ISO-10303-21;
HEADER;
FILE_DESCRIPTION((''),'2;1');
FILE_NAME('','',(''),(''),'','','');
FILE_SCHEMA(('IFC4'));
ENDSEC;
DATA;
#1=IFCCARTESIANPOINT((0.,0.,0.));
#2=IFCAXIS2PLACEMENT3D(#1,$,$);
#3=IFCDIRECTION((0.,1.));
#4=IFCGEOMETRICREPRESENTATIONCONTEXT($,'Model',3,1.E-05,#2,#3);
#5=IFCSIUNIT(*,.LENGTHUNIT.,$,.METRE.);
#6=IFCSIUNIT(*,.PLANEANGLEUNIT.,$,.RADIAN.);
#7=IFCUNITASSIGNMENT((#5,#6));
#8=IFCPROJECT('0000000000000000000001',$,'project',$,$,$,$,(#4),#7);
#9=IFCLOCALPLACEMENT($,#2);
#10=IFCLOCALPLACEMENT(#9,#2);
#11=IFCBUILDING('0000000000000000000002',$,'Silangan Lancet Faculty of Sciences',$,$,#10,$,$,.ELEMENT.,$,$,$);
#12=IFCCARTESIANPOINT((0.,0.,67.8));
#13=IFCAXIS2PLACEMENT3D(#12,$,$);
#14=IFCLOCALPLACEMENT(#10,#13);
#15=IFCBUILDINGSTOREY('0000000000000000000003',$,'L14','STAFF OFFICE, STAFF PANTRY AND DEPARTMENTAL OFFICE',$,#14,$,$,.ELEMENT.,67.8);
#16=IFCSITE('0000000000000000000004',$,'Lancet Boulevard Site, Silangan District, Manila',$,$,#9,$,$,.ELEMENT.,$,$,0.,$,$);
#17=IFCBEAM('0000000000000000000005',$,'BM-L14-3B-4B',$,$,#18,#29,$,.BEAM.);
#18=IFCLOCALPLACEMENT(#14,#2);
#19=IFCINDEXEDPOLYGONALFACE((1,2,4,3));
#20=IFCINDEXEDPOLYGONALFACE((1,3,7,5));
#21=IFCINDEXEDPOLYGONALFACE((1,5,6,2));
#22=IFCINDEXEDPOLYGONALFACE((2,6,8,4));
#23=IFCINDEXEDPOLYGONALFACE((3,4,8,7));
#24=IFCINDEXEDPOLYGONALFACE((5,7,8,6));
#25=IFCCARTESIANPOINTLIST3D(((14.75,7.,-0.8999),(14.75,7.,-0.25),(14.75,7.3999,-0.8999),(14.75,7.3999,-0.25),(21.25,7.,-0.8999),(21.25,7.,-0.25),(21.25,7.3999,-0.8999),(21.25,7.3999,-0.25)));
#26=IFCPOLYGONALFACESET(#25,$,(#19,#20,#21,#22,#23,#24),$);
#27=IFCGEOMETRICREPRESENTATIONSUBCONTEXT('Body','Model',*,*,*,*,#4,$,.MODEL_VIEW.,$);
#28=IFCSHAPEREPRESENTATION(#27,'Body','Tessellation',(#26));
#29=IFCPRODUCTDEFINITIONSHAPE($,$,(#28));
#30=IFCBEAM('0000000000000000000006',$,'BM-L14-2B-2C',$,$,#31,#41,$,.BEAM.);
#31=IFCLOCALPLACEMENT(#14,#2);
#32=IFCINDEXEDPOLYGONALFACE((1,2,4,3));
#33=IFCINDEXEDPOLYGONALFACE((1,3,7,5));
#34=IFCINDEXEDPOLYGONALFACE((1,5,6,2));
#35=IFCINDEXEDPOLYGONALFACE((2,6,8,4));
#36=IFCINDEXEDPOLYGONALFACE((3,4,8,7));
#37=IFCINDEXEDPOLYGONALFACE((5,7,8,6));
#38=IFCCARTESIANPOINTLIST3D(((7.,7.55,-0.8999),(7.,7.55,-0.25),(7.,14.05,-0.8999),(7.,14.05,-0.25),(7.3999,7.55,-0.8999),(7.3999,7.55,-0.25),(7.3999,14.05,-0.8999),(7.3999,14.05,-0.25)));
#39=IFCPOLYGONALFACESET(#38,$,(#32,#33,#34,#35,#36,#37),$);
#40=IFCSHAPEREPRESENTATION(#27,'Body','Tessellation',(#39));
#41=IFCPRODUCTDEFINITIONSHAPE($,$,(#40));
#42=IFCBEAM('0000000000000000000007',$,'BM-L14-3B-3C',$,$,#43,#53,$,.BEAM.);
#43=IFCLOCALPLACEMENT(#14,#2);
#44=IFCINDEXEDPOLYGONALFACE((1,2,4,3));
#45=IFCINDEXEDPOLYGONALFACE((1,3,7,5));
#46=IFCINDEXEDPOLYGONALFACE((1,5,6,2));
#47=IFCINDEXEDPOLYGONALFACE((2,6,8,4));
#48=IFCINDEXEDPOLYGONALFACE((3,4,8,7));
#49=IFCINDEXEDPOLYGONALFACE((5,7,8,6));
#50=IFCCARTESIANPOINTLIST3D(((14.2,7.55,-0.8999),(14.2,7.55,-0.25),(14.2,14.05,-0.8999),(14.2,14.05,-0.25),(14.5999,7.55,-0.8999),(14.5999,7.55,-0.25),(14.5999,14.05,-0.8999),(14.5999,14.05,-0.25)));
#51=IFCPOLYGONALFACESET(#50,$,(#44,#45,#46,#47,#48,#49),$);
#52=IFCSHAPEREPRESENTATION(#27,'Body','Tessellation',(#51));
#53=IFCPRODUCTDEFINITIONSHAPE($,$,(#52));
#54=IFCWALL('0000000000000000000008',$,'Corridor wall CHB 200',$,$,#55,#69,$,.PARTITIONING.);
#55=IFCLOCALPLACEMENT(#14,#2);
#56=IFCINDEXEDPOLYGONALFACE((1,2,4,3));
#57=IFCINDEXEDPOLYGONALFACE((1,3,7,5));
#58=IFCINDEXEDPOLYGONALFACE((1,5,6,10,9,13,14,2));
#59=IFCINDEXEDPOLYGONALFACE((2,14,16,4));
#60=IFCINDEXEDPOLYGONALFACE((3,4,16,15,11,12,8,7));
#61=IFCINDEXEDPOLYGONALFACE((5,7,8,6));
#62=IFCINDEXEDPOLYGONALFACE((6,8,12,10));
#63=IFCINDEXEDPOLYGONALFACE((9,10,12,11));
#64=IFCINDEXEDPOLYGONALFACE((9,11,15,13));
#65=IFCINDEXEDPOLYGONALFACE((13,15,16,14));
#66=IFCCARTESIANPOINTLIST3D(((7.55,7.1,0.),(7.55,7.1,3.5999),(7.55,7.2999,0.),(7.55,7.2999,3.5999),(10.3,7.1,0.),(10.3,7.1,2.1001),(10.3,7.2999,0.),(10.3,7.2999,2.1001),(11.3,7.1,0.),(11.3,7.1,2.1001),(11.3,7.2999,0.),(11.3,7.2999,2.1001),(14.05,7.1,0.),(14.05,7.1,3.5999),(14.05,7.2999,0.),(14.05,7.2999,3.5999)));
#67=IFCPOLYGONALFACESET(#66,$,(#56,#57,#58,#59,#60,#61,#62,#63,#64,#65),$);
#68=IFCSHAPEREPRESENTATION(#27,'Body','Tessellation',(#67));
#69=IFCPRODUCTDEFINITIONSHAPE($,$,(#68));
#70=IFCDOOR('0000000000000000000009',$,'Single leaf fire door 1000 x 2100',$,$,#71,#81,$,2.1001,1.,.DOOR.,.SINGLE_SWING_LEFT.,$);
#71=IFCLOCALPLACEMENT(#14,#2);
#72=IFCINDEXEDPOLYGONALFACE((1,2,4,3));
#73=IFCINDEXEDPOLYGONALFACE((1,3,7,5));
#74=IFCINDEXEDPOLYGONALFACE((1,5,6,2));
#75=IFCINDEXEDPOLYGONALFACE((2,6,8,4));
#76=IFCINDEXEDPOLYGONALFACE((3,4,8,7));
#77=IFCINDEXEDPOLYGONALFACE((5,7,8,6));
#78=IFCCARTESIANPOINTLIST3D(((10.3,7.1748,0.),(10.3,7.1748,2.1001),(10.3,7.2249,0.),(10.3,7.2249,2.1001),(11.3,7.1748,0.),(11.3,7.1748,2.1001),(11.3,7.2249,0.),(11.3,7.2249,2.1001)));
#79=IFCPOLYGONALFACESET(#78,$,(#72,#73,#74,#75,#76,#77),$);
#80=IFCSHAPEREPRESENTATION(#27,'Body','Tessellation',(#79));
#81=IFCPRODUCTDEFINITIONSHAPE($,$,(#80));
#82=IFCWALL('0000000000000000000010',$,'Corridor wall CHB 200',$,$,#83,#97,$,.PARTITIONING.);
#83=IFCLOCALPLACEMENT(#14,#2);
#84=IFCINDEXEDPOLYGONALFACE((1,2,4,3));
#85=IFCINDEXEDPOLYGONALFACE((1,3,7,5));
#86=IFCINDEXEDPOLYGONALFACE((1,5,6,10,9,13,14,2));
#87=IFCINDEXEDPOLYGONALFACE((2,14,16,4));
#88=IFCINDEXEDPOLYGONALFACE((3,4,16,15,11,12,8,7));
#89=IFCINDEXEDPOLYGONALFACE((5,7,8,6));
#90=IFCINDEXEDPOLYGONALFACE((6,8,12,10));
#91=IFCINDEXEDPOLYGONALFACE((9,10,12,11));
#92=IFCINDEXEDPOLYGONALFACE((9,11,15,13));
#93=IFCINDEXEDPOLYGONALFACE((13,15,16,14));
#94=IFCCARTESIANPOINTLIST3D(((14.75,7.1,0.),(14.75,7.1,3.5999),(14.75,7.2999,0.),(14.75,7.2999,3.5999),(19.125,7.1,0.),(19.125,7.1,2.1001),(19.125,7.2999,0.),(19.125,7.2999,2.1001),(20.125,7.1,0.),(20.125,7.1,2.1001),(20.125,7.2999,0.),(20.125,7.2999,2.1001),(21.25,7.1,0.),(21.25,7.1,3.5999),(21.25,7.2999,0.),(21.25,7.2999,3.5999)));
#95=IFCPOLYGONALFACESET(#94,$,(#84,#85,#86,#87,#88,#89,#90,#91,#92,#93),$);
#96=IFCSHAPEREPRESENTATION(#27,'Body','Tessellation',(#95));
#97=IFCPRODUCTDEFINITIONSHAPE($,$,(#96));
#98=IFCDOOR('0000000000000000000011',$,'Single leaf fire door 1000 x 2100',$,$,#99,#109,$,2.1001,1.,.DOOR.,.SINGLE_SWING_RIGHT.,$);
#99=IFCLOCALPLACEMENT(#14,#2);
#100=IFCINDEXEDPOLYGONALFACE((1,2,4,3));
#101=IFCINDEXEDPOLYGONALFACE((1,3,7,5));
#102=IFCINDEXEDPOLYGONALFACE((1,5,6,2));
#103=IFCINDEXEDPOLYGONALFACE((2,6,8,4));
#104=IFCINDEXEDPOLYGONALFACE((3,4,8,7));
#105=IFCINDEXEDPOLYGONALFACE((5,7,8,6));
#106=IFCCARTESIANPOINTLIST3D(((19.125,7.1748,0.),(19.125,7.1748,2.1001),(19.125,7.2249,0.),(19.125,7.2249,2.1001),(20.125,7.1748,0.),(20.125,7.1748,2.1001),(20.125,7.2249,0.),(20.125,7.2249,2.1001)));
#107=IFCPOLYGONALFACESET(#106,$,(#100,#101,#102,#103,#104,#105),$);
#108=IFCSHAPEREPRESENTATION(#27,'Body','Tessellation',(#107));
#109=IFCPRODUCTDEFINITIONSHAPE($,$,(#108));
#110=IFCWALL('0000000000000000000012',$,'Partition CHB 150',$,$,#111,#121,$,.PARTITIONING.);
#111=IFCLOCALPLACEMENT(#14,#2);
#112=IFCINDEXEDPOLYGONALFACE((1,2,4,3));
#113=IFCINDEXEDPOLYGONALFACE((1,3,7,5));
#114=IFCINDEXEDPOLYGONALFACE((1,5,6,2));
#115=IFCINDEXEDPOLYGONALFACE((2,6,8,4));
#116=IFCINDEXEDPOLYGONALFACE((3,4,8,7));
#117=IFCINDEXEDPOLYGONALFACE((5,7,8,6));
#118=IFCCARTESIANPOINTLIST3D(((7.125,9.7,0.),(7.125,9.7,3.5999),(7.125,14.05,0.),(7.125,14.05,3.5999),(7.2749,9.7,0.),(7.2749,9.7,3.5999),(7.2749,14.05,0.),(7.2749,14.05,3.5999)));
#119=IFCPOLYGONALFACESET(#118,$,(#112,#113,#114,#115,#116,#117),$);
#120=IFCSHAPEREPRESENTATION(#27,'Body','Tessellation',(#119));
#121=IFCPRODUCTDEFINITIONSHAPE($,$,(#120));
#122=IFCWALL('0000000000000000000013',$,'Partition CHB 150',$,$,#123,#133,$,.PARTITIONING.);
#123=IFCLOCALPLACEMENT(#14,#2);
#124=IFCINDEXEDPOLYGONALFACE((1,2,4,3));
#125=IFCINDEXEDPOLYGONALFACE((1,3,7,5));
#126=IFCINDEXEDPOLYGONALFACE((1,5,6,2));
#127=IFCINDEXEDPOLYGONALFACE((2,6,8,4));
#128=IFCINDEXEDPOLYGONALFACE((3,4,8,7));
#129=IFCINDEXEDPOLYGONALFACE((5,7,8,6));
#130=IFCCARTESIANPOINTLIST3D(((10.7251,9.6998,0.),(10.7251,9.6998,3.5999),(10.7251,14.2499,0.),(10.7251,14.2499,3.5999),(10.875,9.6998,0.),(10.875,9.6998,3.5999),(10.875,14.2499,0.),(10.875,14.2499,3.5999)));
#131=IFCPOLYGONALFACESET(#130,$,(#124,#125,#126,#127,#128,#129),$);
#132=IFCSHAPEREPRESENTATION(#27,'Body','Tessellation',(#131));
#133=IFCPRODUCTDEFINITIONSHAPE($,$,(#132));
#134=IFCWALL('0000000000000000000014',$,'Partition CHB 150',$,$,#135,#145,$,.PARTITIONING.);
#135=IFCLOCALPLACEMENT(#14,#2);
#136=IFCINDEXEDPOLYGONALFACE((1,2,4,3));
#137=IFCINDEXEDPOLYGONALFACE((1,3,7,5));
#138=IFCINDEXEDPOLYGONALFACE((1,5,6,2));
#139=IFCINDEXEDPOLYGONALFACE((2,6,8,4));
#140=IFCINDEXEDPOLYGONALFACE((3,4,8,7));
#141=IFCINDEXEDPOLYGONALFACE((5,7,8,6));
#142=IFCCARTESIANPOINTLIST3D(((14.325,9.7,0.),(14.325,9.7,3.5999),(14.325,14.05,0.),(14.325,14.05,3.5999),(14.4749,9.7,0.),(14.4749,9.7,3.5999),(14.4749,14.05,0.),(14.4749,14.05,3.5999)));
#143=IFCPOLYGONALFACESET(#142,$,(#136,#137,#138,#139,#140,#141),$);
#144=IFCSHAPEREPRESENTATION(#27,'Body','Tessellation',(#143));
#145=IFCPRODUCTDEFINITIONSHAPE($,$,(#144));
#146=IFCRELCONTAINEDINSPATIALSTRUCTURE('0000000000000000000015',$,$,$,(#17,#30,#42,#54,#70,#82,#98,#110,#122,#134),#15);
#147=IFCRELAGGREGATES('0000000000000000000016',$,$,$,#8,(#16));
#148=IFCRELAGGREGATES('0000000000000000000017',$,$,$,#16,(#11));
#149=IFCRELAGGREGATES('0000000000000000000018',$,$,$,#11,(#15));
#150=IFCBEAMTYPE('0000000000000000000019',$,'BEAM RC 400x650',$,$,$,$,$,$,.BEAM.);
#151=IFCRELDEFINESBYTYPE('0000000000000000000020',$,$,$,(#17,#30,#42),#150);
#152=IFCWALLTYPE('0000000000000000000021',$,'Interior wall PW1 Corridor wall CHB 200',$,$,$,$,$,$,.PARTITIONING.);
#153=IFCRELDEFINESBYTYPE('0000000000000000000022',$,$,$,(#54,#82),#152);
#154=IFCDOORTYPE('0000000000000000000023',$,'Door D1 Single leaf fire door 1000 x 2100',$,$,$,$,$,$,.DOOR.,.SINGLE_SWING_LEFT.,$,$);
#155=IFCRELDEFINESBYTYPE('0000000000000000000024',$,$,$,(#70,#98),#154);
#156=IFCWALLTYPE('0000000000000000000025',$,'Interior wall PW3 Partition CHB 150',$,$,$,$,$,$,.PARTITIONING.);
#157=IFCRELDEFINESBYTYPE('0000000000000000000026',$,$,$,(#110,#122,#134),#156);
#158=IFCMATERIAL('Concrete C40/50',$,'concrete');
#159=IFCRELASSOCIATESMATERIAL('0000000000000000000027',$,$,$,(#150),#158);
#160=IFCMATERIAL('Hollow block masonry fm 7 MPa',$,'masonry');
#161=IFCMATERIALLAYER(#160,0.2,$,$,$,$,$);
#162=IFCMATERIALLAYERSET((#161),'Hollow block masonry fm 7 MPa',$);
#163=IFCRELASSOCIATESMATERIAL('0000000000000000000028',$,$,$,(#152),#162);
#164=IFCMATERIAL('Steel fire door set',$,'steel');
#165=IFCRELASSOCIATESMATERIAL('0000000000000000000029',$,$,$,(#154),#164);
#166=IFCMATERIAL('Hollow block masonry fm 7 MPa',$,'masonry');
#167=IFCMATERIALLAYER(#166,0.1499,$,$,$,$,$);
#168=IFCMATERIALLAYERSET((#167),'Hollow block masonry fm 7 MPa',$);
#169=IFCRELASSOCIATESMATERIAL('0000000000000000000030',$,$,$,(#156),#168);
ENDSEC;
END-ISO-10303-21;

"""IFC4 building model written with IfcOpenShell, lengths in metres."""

from ifc_helpers import new_model, si_unit, direction, frame, frame_2d, origin, origin_2d, place, context, subcontext, project, spatial, rectangle, extrude, material, layer, layer_set, material_profile, profile_set, type_object, element, fill, save


model = new_model("IFC4")

# Units and contexts
model_context = context("Model", 3, precision=1e-05, world=origin(), true_north=direction((0.0, 1.0)))
body_context = subcontext(model_context, "Body", "Model", "MODEL_VIEW")
ifc_project = project(units=[si_unit("LENGTHUNIT", "METRE"), si_unit("PLANEANGLEUNIT", "RADIAN")], contexts=[model_context])

# Site, building, storey
site_placement = place(None, origin())
site = spatial("IfcSite", under=ifc_project, at=site_placement, Name="Lancet Boulevard Site, Silangan District, Manila", CompositionType="ELEMENT", RefElevation=0.0)
building_placement = place(site_placement, origin())
building = spatial("IfcBuilding", under=site, at=building_placement, Name="Silangan Lancet Faculty of Sciences", CompositionType="ELEMENT")
storey_placement = place(building_placement, frame((0.0, 0.0, 67.8)))
storey = spatial("IfcBuildingStorey", under=building, at=storey_placement, Name="L14", Description="STAFF OFFICE, STAFF PANTRY AND DEPARTMENTAL OFFICE", CompositionType="ELEMENT", Elevation=67.8)

# Beams
ifc_material_1 = material(Name="Concrete C40/50", Category="concrete")
ifc_material_profile = material_profile(ifc_material_1, rectangle(XDim=0.3999, YDim=0.6499, at=origin_2d()), Name="RC 400x650")
ifc_profile_set = profile_set([ifc_material_profile], Name="Concrete C40/50")
beam_type = type_object("IfcBeamType", Name="BEAM RC 400x650", PredefinedType="BEAM", material=ifc_profile_set)
for number, where, z_axis, x_axis, name in (
    (1, (14.75, 7.2, -0.575), (1.0, 0.0, 0.0), (0.0, 1.0, 0.0), "BM-L14-3B-4B"),
    (2, (7.2, 7.55, -0.575), (0.0, 1.0, 0.0), (-1.0, 0.0, 0.0), "BM-L14-2B-2C"),
    (3, (14.3999, 7.55, -0.575), (0.0, 1.0, 0.0), (-1.0, 0.0, 0.0), "BM-L14-3B-3C"),
):
    element("IfcBeam", number, at=place(storey_placement, frame(where, z_axis=z_axis, x_axis=x_axis)), inside=storey, type_object=beam_type, Name=name, PredefinedType="BEAM", context=body_context, shape_type="SweptSolid", body=[
        extrude(rectangle(XDim=0.3999, YDim=0.6499, at=origin_2d()), origin(), (0.0, 0.0, 1.0), 6.5),
    ])

# Walls, openings, doors
ifc_material_2 = material(Name="Hollow block masonry fm 7 MPa", Category="masonry")
ifc_layer_1 = layer(ifc_material_2, 0.2)
ifc_layer_set_1 = layer_set([ifc_layer_1], Name="Hollow block masonry fm 7 MPa")
wall_type_1 = type_object("IfcWallType", Name="Interior wall PW1 Corridor wall CHB 200", PredefinedType="PARTITIONING", material=ifc_layer_set_1)
wall_1_placement = place(storey_placement, frame((7.55, 7.2, 0.0), z_axis=(0.0, 0.0, 1.0), x_axis=(1.0, 0.0, 0.0)))
wall_1 = element("IfcWall", 4, at=wall_1_placement, inside=storey, type_object=wall_type_1, Name="Corridor wall CHB 200", PredefinedType="PARTITIONING", context=body_context, shape_type="SweptSolid", body=[
    extrude(rectangle(XDim=6.5, YDim=0.2, at=frame_2d((3.25, 0.0))), origin(), (0.0, 0.0, 1.0), 3.5999),
])
opening_1_placement = place(wall_1_placement, frame((2.75, 0.0, 0.0)))
opening_1 = element("IfcOpeningElement", 5, at=opening_1_placement, cuts=wall_1, PredefinedType="OPENING", context=body_context, shape_type="SweptSolid", body=[
    extrude(rectangle(XDim=1.0, YDim=2.1001, at=frame_2d((0.5, 1.05))), frame((0.0, 0.1099, 0.0), z_axis=(0.0, -1.0, 0.0), x_axis=(1.0, 0.0, 0.0)), (0.0, 0.0, 1.0), 0.22),
])
ifc_material_3 = material(Name="Steel fire door set", Category="steel")
door_type = type_object("IfcDoorType", Name="Door D1 Single leaf fire door 1000 x 2100", OperationType="SINGLE_SWING_LEFT", PredefinedType="DOOR", material=ifc_material_3)
door_1_placement = place(opening_1_placement, frame((1.0, 0.0, 0.0), z_axis=(0.0, 0.0, 1.0), x_axis=(-1.0, 0.0, 0.0)))
door_1 = element("IfcDoor", 6, at=door_1_placement, inside=storey, type_object=door_type, Name="Single leaf fire door 1000 x 2100", OperationType="SINGLE_SWING_LEFT", OverallHeight=2.1001, OverallWidth=1.0, PredefinedType="DOOR", context=body_context, shape_type="SweptSolid", body=[
    extrude(rectangle(XDim=1.0, YDim=2.1001, at=frame_2d((0.5, 1.05))), frame((0.0, 0.0251, 0.0), z_axis=(0.0, -1.0, 0.0), x_axis=(1.0, 0.0, 0.0)), (0.0, 0.0, 1.0), 0.05),
])
fill(opening_1, door_1)
wall_2_placement = place(storey_placement, frame((14.75, 7.2, 0.0), z_axis=(0.0, 0.0, 1.0), x_axis=(1.0, 0.0, 0.0)))
wall_2 = element("IfcWall", 7, at=wall_2_placement, inside=storey, type_object=wall_type_1, Name="Corridor wall CHB 200", PredefinedType="PARTITIONING", context=body_context, shape_type="SweptSolid", body=[
    extrude(rectangle(XDim=6.5, YDim=0.2, at=frame_2d((3.25, 0.0))), origin(), (0.0, 0.0, 1.0), 3.5999),
])
opening_2_placement = place(wall_2_placement, frame((4.375, 0.0, 0.0)))
opening_2 = element("IfcOpeningElement", 8, at=opening_2_placement, cuts=wall_2, PredefinedType="OPENING", context=body_context, shape_type="SweptSolid", body=[
    extrude(rectangle(XDim=1.0, YDim=2.1001, at=frame_2d((0.5, 1.05))), frame((0.0, 0.1099, 0.0), z_axis=(0.0, -1.0, 0.0), x_axis=(1.0, 0.0, 0.0)), (0.0, 0.0, 1.0), 0.22),
])
door_2_placement = place(opening_2_placement, frame((1.0, 0.0, 0.0), z_axis=(0.0, 0.0, 1.0), x_axis=(-1.0, 0.0, 0.0)))
door_2 = element("IfcDoor", 9, at=door_2_placement, inside=storey, type_object=door_type, Name="Single leaf fire door 1000 x 2100", OperationType="SINGLE_SWING_RIGHT", OverallHeight=2.1001, OverallWidth=1.0, PredefinedType="DOOR", context=body_context, shape_type="SweptSolid", body=[
    extrude(rectangle(XDim=1.0, YDim=2.1001, at=frame_2d((0.5, 1.05))), frame((0.0, 0.0251, 0.0), z_axis=(0.0, -1.0, 0.0), x_axis=(1.0, 0.0, 0.0)), (0.0, 0.0, 1.0), 0.05),
])
fill(opening_2, door_2)

# Walls
ifc_material_4 = material(Name="Hollow block masonry fm 7 MPa", Category="masonry")
ifc_layer_2 = layer(ifc_material_4, 0.1499)
ifc_layer_set_2 = layer_set([ifc_layer_2], Name="Hollow block masonry fm 7 MPa")
wall_type_2 = type_object("IfcWallType", Name="Interior wall PW3 Partition CHB 150", PredefinedType="PARTITIONING", material=ifc_layer_set_2)
wall_3_placement = place(storey_placement, frame((7.2, 9.7, 0.0), z_axis=(0.0, 0.0, 1.0), x_axis=(0.0, 1.0, 0.0)))
element("IfcWall", 10, at=wall_3_placement, inside=storey, type_object=wall_type_2, Name="Partition CHB 150", PredefinedType="PARTITIONING", context=body_context, shape_type="SweptSolid", body=[
    extrude(rectangle(XDim=4.3501, YDim=0.1499, at=frame_2d((2.175, 0.0))), origin(), (0.0, 0.0, 1.0), 3.5999),
])
wall_4_placement = place(storey_placement, frame((10.8, 9.7, 0.0), z_axis=(0.0, 0.0, 1.0), x_axis=(0.0, 1.0, 0.0)))
element("IfcWall", 11, at=wall_4_placement, inside=storey, type_object=wall_type_2, Name="Partition CHB 150", PredefinedType="PARTITIONING", context=body_context, shape_type="SweptSolid", body=[
    extrude(rectangle(XDim=4.55, YDim=0.1499, at=frame_2d((2.2749, 0.0))), origin(), (0.0, 0.0, 1.0), 3.5999),
])
wall_5_placement = place(storey_placement, frame((14.3999, 9.7, 0.0), z_axis=(0.0, 0.0, 1.0), x_axis=(0.0, 1.0, 0.0)))
element("IfcWall", 12, at=wall_5_placement, inside=storey, type_object=wall_type_2, Name="Partition CHB 150", PredefinedType="PARTITIONING", context=body_context, shape_type="SweptSolid", body=[
    extrude(rectangle(XDim=4.3501, YDim=0.1499, at=frame_2d((2.175, 0.0))), origin(), (0.0, 0.0, 1.0), 3.5999),
])

save(model, "model.ifc")
